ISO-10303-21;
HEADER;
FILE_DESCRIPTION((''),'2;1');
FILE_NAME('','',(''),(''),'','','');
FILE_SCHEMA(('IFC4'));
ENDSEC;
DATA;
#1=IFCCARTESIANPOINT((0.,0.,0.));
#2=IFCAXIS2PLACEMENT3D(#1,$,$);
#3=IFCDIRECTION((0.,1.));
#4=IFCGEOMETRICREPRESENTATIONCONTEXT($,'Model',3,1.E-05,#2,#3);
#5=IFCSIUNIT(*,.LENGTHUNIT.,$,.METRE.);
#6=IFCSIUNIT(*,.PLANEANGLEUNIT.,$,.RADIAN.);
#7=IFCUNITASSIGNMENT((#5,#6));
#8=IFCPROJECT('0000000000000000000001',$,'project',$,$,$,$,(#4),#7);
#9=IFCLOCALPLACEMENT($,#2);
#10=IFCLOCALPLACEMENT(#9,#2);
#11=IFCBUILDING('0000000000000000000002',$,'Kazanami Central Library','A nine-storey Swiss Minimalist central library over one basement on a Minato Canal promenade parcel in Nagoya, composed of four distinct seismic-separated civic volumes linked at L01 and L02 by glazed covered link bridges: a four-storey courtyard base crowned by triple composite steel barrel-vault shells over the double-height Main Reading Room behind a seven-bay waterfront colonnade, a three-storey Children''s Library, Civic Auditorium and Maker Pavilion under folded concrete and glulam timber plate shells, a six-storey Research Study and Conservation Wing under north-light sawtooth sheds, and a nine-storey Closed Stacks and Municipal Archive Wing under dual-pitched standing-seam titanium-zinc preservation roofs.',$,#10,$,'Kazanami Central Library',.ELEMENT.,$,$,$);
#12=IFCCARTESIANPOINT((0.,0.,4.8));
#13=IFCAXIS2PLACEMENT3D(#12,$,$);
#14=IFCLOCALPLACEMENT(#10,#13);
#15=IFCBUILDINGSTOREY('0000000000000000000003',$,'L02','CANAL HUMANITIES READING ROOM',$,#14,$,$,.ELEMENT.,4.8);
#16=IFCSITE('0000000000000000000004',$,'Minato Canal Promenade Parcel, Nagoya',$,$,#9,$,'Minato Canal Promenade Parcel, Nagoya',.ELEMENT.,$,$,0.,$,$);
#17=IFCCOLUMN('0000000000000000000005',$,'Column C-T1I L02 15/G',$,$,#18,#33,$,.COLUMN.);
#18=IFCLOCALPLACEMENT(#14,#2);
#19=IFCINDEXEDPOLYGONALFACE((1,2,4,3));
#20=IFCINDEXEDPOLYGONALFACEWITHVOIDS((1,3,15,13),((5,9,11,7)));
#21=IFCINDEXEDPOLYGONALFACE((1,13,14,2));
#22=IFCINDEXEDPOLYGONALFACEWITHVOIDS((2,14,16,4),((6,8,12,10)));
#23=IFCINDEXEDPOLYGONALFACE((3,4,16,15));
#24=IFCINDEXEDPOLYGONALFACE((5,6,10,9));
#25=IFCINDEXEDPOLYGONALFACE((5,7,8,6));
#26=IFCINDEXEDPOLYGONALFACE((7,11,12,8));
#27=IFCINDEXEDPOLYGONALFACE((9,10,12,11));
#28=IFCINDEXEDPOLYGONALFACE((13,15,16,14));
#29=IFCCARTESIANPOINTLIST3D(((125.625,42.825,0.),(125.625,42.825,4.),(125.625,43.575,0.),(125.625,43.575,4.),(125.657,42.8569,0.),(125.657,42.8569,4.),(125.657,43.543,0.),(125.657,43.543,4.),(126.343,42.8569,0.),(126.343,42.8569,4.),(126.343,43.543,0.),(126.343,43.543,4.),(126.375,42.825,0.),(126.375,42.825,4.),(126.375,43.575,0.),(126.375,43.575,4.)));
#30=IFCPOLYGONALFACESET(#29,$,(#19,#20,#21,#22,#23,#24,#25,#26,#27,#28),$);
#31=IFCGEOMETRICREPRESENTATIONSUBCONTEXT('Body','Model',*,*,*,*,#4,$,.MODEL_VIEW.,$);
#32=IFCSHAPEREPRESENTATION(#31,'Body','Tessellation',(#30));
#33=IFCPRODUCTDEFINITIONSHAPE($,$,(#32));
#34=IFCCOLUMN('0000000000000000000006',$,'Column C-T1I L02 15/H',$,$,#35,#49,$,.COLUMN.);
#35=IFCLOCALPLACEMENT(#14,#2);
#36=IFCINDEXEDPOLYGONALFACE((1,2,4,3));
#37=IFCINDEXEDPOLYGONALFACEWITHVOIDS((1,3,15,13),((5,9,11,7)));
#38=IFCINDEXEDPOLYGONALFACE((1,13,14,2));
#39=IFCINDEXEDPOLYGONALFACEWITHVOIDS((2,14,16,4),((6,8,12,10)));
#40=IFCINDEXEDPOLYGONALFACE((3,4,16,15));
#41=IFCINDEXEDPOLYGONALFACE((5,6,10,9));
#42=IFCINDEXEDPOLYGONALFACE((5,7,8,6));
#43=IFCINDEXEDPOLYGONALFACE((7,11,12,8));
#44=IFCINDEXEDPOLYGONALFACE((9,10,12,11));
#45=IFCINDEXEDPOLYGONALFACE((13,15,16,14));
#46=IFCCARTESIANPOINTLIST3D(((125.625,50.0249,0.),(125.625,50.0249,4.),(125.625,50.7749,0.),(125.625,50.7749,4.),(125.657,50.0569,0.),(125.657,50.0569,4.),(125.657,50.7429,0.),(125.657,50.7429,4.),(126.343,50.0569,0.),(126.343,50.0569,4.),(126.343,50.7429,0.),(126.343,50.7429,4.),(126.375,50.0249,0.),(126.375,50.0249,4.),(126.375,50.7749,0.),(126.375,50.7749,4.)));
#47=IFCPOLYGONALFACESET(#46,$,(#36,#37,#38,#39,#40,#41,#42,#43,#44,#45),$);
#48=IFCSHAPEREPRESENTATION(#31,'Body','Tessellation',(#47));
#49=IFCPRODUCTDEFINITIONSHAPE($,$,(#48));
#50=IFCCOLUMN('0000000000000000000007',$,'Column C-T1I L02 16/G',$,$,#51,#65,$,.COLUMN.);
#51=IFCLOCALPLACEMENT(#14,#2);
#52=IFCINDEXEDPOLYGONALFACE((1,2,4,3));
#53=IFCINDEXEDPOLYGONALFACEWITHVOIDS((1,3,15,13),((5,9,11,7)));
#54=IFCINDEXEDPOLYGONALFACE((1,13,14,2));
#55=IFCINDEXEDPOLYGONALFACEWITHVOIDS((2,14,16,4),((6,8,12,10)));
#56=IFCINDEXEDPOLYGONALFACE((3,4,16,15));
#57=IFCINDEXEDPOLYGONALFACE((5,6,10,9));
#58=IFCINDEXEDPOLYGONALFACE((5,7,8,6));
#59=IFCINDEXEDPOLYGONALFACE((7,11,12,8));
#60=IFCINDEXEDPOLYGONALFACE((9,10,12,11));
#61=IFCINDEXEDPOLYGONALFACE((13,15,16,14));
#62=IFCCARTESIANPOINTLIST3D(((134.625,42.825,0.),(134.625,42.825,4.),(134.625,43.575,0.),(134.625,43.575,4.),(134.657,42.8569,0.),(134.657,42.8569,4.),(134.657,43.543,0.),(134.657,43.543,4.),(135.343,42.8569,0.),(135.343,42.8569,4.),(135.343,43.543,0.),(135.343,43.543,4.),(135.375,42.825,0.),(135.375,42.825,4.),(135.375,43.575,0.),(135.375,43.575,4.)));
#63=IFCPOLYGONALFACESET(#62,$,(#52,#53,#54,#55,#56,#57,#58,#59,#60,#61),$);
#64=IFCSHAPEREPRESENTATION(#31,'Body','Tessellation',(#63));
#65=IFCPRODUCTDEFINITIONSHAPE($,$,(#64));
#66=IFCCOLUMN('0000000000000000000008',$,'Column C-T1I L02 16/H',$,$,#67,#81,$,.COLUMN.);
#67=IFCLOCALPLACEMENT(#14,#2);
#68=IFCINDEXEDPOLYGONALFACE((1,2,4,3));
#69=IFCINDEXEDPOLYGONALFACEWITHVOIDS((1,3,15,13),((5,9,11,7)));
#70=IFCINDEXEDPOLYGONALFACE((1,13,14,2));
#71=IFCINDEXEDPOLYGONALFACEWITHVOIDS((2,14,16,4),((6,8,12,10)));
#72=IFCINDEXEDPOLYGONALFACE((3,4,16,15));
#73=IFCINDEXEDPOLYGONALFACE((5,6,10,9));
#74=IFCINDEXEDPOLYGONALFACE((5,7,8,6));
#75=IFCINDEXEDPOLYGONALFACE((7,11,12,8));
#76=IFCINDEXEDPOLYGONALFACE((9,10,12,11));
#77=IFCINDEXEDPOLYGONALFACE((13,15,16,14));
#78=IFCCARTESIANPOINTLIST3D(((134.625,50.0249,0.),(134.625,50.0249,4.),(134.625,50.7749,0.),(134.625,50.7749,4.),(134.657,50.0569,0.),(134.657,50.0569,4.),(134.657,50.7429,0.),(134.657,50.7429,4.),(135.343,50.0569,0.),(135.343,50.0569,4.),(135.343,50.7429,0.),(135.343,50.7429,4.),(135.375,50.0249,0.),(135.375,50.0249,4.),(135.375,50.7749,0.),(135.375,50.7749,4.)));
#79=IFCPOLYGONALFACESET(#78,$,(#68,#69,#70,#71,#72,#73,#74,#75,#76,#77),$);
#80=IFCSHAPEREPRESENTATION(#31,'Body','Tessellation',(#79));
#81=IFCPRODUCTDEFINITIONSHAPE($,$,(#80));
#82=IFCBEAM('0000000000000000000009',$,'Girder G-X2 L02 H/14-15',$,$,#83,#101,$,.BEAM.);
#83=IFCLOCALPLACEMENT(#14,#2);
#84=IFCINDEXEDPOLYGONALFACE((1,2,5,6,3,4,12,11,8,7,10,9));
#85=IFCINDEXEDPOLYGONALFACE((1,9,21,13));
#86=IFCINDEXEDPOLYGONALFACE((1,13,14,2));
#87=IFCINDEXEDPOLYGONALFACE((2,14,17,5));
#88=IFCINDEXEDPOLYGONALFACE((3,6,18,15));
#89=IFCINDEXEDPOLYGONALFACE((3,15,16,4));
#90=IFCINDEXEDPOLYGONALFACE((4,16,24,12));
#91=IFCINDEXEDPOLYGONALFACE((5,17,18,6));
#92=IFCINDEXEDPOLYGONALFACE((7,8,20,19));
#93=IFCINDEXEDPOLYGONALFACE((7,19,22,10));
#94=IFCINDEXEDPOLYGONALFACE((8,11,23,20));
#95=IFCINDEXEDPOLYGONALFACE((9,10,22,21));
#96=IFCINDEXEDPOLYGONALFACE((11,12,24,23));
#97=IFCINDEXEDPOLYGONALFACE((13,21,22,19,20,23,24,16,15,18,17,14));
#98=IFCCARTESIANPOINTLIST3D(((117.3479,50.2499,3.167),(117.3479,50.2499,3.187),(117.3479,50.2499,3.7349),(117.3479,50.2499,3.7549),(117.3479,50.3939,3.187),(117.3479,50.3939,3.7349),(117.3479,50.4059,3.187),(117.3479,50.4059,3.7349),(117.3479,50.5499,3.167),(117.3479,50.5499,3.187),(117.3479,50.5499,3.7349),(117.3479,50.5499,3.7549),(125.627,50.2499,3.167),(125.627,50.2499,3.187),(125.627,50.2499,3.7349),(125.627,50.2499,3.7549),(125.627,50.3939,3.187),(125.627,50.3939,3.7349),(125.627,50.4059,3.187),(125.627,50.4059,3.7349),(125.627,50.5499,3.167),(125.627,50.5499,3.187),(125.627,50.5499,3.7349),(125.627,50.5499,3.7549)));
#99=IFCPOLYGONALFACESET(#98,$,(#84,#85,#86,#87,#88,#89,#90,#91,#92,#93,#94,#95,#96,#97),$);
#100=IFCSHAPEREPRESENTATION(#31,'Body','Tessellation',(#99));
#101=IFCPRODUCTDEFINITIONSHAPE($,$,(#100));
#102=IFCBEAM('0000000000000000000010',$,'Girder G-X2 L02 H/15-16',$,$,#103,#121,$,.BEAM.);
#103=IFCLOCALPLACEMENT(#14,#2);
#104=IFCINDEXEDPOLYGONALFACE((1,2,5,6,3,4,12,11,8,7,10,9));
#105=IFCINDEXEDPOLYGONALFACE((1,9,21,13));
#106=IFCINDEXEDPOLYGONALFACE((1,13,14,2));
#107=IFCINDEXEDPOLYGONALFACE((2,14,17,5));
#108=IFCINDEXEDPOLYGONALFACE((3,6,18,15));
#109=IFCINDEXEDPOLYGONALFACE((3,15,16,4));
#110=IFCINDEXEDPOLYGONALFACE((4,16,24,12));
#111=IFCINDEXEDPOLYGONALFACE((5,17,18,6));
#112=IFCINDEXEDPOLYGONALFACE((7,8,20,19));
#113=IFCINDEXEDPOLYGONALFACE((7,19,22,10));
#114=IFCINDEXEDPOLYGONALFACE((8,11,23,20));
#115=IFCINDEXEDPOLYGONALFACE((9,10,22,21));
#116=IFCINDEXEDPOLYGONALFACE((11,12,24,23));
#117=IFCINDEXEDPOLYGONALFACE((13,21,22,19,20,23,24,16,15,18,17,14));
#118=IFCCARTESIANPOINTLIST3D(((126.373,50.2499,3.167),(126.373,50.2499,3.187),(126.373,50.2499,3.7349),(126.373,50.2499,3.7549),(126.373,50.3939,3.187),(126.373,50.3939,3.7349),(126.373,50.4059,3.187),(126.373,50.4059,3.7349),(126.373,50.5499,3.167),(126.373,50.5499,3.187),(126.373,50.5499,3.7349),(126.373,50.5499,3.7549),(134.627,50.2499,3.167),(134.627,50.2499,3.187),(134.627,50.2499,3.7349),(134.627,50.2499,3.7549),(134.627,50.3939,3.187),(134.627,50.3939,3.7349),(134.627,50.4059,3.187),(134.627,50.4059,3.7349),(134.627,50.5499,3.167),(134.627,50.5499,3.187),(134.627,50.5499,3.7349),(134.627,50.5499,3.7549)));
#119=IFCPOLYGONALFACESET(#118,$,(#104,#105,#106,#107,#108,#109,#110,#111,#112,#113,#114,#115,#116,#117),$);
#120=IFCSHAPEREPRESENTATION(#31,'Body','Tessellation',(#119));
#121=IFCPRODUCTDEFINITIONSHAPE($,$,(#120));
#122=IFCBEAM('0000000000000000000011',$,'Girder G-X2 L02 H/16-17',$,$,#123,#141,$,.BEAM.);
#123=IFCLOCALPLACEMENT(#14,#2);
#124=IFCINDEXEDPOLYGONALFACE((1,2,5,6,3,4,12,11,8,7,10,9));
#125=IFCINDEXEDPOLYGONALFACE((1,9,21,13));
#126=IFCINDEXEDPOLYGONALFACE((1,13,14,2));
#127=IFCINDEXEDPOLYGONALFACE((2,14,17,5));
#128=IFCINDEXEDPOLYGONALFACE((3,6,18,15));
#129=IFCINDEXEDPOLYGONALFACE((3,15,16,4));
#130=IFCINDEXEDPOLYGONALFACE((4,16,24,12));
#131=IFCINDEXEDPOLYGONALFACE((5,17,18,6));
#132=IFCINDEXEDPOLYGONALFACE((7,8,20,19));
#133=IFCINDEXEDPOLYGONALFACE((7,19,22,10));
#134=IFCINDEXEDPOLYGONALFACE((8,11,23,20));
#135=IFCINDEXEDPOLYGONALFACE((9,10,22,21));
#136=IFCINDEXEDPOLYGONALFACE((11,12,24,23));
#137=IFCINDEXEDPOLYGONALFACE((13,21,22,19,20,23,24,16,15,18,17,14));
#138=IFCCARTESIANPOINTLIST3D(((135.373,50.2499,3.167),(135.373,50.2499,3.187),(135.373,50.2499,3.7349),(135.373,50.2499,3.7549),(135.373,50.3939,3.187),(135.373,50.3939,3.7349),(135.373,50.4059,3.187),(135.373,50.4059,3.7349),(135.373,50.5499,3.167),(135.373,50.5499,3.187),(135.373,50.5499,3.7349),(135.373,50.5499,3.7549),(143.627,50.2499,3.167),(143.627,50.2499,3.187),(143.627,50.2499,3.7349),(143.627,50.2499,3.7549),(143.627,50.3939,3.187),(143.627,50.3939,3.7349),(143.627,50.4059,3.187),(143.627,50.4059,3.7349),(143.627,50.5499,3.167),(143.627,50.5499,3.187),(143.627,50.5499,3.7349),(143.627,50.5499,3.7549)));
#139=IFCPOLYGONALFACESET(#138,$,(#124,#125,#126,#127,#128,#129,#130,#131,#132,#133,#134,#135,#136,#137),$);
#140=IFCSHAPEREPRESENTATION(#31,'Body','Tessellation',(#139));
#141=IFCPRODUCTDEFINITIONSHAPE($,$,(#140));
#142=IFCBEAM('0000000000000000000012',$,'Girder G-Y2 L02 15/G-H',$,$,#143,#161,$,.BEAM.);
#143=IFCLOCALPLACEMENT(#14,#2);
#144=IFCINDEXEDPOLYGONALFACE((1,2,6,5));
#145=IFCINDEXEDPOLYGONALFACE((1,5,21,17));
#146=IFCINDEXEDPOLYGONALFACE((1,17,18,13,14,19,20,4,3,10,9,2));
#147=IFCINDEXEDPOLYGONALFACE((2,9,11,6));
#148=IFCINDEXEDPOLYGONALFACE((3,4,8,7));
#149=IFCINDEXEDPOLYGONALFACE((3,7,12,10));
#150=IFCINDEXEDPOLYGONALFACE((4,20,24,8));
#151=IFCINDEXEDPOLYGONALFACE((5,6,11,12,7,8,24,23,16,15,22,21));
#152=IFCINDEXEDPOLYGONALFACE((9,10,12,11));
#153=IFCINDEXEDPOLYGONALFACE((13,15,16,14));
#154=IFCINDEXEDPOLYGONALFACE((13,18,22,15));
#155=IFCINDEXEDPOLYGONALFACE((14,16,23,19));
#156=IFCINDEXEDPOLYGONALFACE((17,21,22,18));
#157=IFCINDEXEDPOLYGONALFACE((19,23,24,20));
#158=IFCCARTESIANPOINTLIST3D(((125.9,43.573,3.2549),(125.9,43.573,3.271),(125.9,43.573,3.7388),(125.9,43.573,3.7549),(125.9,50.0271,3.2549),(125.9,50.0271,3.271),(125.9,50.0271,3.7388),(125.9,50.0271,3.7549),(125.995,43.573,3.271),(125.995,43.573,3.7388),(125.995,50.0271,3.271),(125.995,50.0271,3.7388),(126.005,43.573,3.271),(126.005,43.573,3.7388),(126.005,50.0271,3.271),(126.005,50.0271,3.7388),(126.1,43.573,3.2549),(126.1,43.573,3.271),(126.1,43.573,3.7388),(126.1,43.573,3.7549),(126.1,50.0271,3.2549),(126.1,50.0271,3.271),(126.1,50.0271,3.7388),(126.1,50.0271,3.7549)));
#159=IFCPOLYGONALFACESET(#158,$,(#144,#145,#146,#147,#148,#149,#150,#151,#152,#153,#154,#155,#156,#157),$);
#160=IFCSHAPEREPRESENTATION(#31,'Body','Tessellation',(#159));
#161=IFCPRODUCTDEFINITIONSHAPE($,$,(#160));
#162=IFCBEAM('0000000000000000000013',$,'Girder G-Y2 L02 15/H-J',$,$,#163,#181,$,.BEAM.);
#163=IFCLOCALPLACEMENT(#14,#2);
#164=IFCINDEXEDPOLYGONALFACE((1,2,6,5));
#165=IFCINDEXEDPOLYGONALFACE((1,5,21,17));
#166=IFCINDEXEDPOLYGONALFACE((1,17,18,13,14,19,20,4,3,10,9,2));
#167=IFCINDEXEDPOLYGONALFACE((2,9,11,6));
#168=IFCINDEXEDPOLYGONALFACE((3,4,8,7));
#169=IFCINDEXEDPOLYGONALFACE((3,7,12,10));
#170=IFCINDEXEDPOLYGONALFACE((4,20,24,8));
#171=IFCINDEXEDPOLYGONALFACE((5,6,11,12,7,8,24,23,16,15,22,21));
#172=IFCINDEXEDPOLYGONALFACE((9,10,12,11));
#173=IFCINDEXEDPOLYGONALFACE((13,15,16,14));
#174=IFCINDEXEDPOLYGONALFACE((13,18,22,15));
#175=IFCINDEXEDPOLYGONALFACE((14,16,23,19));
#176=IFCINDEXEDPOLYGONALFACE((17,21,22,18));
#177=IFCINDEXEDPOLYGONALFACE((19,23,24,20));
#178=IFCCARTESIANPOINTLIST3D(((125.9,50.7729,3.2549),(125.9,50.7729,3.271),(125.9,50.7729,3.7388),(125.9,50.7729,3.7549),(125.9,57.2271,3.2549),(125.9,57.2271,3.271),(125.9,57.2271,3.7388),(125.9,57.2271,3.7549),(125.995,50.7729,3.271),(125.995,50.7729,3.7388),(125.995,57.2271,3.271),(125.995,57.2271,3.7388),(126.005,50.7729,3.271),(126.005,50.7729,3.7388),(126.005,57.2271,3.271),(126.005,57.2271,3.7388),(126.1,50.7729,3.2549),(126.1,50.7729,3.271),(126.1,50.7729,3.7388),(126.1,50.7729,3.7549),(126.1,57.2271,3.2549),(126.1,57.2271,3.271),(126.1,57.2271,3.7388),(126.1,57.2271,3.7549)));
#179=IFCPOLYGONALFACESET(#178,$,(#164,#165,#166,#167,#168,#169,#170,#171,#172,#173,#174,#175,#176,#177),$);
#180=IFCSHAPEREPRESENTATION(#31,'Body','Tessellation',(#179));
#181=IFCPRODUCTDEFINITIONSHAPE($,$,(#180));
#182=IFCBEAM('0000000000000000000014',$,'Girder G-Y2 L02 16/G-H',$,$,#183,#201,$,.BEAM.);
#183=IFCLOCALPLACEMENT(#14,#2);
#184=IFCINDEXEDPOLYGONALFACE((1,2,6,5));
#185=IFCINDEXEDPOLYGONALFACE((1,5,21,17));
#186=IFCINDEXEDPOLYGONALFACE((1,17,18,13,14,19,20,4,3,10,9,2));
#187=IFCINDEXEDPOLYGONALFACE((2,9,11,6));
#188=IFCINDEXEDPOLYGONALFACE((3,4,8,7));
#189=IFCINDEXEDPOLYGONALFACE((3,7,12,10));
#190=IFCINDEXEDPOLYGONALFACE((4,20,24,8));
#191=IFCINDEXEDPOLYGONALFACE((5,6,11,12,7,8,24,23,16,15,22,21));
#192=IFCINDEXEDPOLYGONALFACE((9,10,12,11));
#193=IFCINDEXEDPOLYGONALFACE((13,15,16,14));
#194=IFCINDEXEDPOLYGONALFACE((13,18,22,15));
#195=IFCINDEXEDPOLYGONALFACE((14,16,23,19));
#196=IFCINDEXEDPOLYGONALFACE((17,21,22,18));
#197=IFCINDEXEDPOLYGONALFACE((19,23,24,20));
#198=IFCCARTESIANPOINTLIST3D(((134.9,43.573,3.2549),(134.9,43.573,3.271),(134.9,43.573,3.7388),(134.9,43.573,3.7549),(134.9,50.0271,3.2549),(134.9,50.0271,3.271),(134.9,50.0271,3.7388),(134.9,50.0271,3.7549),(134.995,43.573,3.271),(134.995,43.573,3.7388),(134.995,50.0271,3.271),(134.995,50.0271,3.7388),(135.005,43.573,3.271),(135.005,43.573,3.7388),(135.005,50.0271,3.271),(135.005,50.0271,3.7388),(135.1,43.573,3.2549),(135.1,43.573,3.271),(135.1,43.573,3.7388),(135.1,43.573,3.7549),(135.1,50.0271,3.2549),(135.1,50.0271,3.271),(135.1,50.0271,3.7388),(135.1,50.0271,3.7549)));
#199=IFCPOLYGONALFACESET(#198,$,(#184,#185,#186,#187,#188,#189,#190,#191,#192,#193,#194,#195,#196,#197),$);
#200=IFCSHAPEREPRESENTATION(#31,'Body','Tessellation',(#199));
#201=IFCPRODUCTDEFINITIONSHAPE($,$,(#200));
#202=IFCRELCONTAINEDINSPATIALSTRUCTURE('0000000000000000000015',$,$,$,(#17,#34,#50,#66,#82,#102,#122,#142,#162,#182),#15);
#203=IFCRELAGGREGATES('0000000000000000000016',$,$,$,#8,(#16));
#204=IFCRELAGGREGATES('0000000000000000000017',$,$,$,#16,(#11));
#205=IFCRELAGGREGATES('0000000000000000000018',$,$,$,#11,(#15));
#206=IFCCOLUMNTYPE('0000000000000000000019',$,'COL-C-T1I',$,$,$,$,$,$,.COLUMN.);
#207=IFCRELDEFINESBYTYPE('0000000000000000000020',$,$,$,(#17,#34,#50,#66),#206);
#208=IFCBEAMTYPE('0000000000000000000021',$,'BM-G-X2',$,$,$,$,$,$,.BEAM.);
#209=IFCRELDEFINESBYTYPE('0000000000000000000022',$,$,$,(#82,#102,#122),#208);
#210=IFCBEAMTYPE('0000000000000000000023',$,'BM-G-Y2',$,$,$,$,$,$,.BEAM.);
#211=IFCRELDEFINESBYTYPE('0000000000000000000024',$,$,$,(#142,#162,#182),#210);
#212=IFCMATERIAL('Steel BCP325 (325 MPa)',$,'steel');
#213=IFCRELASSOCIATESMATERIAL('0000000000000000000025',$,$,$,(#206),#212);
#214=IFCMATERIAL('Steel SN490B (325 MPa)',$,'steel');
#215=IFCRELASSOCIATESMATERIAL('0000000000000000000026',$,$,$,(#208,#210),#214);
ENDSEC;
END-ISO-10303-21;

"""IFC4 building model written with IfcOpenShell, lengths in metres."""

from ifc_helpers import new_model, si_unit, direction, frame, origin, origin_2d, place, context, subcontext, project, spatial, hollow_rectangle, i_section, extrude, material, material_profile, profile_set, type_object, element, save


model = new_model("IFC4")

# Units and contexts
model_context = context("Model", 3, precision=1e-05, world=origin(), true_north=direction((0.0, 1.0)))
body_context = subcontext(model_context, "Body", "Model", "MODEL_VIEW")
ifc_project = project(units=[si_unit("LENGTHUNIT", "METRE"), si_unit("PLANEANGLEUNIT", "RADIAN")], contexts=[model_context])

# Site, building, storey
site_placement = place(None, origin())
site = spatial("IfcSite", under=ifc_project, at=site_placement, Name="Minato Canal Promenade Parcel, Nagoya", LongName="Minato Canal Promenade Parcel, Nagoya", CompositionType="ELEMENT", RefElevation=0.0)
building_placement = place(site_placement, origin())
building = spatial("IfcBuilding", under=site, at=building_placement, Name="Kazanami Central Library", Description="A nine-storey Swiss Minimalist central library over one basement on a Minato Canal promenade parcel in Nagoya, composed of four distinct seismic-separated civic volumes linked at L01 and L02 by glazed covered link bridges: a four-storey courtyard base crowned by triple composite steel barrel-vault shells over the double-height Main Reading Room behind a seven-bay waterfront colonnade, a three-storey Children's Library, Civic Auditorium and Maker Pavilion under folded concrete and glulam timber plate shells, a six-storey Research Study and Conservation Wing under north-light sawtooth sheds, and a nine-storey Closed Stacks and Municipal Archive Wing under dual-pitched standing-seam titanium-zinc preservation roofs.", LongName="Kazanami Central Library", CompositionType="ELEMENT")
storey_placement = place(building_placement, frame((0.0, 0.0, 4.8)))
storey = spatial("IfcBuildingStorey", under=building, at=storey_placement, Name="L02", Description="CANAL HUMANITIES READING ROOM", CompositionType="ELEMENT", Elevation=4.8)

# Columns
ifc_material_1 = material(Name="Steel BCP325 (325 MPa)", Category="steel")
ifc_material_profile_1 = material_profile(ifc_material_1, hollow_rectangle(XDim=0.75, YDim=0.75, WallThickness=0.032, at=origin_2d()), Name="BCP-750x750x32")
ifc_profile_set_1 = profile_set([ifc_material_profile_1], Name="Steel BCP325 (325 MPa)")
column_type = type_object("IfcColumnType", Name="COL-C-T1I", PredefinedType="COLUMN", material=ifc_profile_set_1)
for number, where, z_axis, x_axis, name in (
    (1, (126.0, 43.2, 0.0), (0.0, 0.0, 1.0), (1.0, 0.0, 0.0), "Column C-T1I L02 15/G"),
    (2, (126.0, 50.3999, 0.0), (0.0, 0.0, 1.0), (1.0, 0.0, 0.0), "Column C-T1I L02 15/H"),
    (3, (135.0, 43.2, 0.0), (0.0, 0.0, 1.0), (1.0, 0.0, 0.0), "Column C-T1I L02 16/G"),
    (4, (135.0, 50.3999, 0.0), (0.0, 0.0, 1.0), (1.0, 0.0, 0.0), "Column C-T1I L02 16/H"),
):
    element("IfcColumn", number, at=place(storey_placement, frame(where, z_axis=z_axis, x_axis=x_axis)), inside=storey, type_object=column_type, Name=name, PredefinedType="COLUMN", context=body_context, shape_type="SweptSolid", body=[
        extrude(hollow_rectangle(XDim=0.75, YDim=0.75, WallThickness=0.032, at=origin_2d()), origin(), (0.0, 0.0, 1.0), 4.0),
    ])

# Beams
ifc_material_2 = material(Name="Steel SN490B (325 MPa)", Category="steel")
ifc_material_profile_2 = material_profile(ifc_material_2, i_section(OverallWidth=0.3, OverallDepth=0.5879, WebThickness=0.012, FlangeThickness=0.02, at=origin_2d()), Name="H-588x300x12x20")
ifc_profile_set_2 = profile_set([ifc_material_profile_2], Name="Steel SN490B (325 MPa)")
beam_type_1 = type_object("IfcBeamType", Name="BM-G-X2", PredefinedType="BEAM", material=ifc_profile_set_2)
beam_1_placement = place(storey_placement, frame((117.3479, 50.3999, 3.4609), z_axis=(1.0, 0.0, 0.0), x_axis=(0.0, 1.0, 0.0)))
element("IfcBeam", 5, at=beam_1_placement, inside=storey, type_object=beam_type_1, Name="Girder G-X2 L02 H/14-15", PredefinedType="BEAM", context=body_context, shape_type="SweptSolid", body=[
    extrude(i_section(OverallWidth=0.3, OverallDepth=0.5879, WebThickness=0.012, FlangeThickness=0.02, at=origin_2d()), origin(), (0.0, 0.0, 1.0), 8.2791),
])
for number, where, z_axis, x_axis, name in (
    (6, (126.373, 50.3999, 3.4609), (1.0, 0.0, 0.0), (0.0, 1.0, 0.0), "Girder G-X2 L02 H/15-16"),
    (7, (135.373, 50.3999, 3.4609), (1.0, 0.0, 0.0), (0.0, 1.0, 0.0), "Girder G-X2 L02 H/16-17"),
):
    element("IfcBeam", number, at=place(storey_placement, frame(where, z_axis=z_axis, x_axis=x_axis)), inside=storey, type_object=beam_type_1, Name=name, PredefinedType="BEAM", context=body_context, shape_type="SweptSolid", body=[
        extrude(i_section(OverallWidth=0.3, OverallDepth=0.5879, WebThickness=0.012, FlangeThickness=0.02, at=origin_2d()), origin(), (0.0, 0.0, 1.0), 8.2539),
    ])
ifc_material_profile_3 = material_profile(ifc_material_2, i_section(OverallWidth=0.2, OverallDepth=0.5, WebThickness=0.01, FlangeThickness=0.0161, at=origin_2d()), Name="H-500x200x10x16")
ifc_profile_set_3 = profile_set([ifc_material_profile_3], Name="Steel SN490B (325 MPa)")
beam_type_2 = type_object("IfcBeamType", Name="BM-G-Y2", PredefinedType="BEAM", material=ifc_profile_set_3)
for number, where, z_axis, x_axis, name in (
    (8, (126.0, 43.573, 3.5049), (0.0, 1.0, 0.0), (-1.0, 0.0, 0.0), "Girder G-Y2 L02 15/G-H"),
    (9, (126.0, 50.7729, 3.5049), (0.0, 1.0, 0.0), (-1.0, 0.0, 0.0), "Girder G-Y2 L02 15/H-J"),
    (10, (135.0, 43.573, 3.5049), (0.0, 1.0, 0.0), (-1.0, 0.0, 0.0), "Girder G-Y2 L02 16/G-H"),
):
    element("IfcBeam", number, at=place(storey_placement, frame(where, z_axis=z_axis, x_axis=x_axis)), inside=storey, type_object=beam_type_2, Name=name, PredefinedType="BEAM", context=body_context, shape_type="SweptSolid", body=[
        extrude(i_section(OverallWidth=0.2, OverallDepth=0.5, WebThickness=0.01, FlangeThickness=0.0161, at=origin_2d()), origin(), (0.0, 0.0, 1.0), 6.4541),
    ])

save(model, "model.ifc")
